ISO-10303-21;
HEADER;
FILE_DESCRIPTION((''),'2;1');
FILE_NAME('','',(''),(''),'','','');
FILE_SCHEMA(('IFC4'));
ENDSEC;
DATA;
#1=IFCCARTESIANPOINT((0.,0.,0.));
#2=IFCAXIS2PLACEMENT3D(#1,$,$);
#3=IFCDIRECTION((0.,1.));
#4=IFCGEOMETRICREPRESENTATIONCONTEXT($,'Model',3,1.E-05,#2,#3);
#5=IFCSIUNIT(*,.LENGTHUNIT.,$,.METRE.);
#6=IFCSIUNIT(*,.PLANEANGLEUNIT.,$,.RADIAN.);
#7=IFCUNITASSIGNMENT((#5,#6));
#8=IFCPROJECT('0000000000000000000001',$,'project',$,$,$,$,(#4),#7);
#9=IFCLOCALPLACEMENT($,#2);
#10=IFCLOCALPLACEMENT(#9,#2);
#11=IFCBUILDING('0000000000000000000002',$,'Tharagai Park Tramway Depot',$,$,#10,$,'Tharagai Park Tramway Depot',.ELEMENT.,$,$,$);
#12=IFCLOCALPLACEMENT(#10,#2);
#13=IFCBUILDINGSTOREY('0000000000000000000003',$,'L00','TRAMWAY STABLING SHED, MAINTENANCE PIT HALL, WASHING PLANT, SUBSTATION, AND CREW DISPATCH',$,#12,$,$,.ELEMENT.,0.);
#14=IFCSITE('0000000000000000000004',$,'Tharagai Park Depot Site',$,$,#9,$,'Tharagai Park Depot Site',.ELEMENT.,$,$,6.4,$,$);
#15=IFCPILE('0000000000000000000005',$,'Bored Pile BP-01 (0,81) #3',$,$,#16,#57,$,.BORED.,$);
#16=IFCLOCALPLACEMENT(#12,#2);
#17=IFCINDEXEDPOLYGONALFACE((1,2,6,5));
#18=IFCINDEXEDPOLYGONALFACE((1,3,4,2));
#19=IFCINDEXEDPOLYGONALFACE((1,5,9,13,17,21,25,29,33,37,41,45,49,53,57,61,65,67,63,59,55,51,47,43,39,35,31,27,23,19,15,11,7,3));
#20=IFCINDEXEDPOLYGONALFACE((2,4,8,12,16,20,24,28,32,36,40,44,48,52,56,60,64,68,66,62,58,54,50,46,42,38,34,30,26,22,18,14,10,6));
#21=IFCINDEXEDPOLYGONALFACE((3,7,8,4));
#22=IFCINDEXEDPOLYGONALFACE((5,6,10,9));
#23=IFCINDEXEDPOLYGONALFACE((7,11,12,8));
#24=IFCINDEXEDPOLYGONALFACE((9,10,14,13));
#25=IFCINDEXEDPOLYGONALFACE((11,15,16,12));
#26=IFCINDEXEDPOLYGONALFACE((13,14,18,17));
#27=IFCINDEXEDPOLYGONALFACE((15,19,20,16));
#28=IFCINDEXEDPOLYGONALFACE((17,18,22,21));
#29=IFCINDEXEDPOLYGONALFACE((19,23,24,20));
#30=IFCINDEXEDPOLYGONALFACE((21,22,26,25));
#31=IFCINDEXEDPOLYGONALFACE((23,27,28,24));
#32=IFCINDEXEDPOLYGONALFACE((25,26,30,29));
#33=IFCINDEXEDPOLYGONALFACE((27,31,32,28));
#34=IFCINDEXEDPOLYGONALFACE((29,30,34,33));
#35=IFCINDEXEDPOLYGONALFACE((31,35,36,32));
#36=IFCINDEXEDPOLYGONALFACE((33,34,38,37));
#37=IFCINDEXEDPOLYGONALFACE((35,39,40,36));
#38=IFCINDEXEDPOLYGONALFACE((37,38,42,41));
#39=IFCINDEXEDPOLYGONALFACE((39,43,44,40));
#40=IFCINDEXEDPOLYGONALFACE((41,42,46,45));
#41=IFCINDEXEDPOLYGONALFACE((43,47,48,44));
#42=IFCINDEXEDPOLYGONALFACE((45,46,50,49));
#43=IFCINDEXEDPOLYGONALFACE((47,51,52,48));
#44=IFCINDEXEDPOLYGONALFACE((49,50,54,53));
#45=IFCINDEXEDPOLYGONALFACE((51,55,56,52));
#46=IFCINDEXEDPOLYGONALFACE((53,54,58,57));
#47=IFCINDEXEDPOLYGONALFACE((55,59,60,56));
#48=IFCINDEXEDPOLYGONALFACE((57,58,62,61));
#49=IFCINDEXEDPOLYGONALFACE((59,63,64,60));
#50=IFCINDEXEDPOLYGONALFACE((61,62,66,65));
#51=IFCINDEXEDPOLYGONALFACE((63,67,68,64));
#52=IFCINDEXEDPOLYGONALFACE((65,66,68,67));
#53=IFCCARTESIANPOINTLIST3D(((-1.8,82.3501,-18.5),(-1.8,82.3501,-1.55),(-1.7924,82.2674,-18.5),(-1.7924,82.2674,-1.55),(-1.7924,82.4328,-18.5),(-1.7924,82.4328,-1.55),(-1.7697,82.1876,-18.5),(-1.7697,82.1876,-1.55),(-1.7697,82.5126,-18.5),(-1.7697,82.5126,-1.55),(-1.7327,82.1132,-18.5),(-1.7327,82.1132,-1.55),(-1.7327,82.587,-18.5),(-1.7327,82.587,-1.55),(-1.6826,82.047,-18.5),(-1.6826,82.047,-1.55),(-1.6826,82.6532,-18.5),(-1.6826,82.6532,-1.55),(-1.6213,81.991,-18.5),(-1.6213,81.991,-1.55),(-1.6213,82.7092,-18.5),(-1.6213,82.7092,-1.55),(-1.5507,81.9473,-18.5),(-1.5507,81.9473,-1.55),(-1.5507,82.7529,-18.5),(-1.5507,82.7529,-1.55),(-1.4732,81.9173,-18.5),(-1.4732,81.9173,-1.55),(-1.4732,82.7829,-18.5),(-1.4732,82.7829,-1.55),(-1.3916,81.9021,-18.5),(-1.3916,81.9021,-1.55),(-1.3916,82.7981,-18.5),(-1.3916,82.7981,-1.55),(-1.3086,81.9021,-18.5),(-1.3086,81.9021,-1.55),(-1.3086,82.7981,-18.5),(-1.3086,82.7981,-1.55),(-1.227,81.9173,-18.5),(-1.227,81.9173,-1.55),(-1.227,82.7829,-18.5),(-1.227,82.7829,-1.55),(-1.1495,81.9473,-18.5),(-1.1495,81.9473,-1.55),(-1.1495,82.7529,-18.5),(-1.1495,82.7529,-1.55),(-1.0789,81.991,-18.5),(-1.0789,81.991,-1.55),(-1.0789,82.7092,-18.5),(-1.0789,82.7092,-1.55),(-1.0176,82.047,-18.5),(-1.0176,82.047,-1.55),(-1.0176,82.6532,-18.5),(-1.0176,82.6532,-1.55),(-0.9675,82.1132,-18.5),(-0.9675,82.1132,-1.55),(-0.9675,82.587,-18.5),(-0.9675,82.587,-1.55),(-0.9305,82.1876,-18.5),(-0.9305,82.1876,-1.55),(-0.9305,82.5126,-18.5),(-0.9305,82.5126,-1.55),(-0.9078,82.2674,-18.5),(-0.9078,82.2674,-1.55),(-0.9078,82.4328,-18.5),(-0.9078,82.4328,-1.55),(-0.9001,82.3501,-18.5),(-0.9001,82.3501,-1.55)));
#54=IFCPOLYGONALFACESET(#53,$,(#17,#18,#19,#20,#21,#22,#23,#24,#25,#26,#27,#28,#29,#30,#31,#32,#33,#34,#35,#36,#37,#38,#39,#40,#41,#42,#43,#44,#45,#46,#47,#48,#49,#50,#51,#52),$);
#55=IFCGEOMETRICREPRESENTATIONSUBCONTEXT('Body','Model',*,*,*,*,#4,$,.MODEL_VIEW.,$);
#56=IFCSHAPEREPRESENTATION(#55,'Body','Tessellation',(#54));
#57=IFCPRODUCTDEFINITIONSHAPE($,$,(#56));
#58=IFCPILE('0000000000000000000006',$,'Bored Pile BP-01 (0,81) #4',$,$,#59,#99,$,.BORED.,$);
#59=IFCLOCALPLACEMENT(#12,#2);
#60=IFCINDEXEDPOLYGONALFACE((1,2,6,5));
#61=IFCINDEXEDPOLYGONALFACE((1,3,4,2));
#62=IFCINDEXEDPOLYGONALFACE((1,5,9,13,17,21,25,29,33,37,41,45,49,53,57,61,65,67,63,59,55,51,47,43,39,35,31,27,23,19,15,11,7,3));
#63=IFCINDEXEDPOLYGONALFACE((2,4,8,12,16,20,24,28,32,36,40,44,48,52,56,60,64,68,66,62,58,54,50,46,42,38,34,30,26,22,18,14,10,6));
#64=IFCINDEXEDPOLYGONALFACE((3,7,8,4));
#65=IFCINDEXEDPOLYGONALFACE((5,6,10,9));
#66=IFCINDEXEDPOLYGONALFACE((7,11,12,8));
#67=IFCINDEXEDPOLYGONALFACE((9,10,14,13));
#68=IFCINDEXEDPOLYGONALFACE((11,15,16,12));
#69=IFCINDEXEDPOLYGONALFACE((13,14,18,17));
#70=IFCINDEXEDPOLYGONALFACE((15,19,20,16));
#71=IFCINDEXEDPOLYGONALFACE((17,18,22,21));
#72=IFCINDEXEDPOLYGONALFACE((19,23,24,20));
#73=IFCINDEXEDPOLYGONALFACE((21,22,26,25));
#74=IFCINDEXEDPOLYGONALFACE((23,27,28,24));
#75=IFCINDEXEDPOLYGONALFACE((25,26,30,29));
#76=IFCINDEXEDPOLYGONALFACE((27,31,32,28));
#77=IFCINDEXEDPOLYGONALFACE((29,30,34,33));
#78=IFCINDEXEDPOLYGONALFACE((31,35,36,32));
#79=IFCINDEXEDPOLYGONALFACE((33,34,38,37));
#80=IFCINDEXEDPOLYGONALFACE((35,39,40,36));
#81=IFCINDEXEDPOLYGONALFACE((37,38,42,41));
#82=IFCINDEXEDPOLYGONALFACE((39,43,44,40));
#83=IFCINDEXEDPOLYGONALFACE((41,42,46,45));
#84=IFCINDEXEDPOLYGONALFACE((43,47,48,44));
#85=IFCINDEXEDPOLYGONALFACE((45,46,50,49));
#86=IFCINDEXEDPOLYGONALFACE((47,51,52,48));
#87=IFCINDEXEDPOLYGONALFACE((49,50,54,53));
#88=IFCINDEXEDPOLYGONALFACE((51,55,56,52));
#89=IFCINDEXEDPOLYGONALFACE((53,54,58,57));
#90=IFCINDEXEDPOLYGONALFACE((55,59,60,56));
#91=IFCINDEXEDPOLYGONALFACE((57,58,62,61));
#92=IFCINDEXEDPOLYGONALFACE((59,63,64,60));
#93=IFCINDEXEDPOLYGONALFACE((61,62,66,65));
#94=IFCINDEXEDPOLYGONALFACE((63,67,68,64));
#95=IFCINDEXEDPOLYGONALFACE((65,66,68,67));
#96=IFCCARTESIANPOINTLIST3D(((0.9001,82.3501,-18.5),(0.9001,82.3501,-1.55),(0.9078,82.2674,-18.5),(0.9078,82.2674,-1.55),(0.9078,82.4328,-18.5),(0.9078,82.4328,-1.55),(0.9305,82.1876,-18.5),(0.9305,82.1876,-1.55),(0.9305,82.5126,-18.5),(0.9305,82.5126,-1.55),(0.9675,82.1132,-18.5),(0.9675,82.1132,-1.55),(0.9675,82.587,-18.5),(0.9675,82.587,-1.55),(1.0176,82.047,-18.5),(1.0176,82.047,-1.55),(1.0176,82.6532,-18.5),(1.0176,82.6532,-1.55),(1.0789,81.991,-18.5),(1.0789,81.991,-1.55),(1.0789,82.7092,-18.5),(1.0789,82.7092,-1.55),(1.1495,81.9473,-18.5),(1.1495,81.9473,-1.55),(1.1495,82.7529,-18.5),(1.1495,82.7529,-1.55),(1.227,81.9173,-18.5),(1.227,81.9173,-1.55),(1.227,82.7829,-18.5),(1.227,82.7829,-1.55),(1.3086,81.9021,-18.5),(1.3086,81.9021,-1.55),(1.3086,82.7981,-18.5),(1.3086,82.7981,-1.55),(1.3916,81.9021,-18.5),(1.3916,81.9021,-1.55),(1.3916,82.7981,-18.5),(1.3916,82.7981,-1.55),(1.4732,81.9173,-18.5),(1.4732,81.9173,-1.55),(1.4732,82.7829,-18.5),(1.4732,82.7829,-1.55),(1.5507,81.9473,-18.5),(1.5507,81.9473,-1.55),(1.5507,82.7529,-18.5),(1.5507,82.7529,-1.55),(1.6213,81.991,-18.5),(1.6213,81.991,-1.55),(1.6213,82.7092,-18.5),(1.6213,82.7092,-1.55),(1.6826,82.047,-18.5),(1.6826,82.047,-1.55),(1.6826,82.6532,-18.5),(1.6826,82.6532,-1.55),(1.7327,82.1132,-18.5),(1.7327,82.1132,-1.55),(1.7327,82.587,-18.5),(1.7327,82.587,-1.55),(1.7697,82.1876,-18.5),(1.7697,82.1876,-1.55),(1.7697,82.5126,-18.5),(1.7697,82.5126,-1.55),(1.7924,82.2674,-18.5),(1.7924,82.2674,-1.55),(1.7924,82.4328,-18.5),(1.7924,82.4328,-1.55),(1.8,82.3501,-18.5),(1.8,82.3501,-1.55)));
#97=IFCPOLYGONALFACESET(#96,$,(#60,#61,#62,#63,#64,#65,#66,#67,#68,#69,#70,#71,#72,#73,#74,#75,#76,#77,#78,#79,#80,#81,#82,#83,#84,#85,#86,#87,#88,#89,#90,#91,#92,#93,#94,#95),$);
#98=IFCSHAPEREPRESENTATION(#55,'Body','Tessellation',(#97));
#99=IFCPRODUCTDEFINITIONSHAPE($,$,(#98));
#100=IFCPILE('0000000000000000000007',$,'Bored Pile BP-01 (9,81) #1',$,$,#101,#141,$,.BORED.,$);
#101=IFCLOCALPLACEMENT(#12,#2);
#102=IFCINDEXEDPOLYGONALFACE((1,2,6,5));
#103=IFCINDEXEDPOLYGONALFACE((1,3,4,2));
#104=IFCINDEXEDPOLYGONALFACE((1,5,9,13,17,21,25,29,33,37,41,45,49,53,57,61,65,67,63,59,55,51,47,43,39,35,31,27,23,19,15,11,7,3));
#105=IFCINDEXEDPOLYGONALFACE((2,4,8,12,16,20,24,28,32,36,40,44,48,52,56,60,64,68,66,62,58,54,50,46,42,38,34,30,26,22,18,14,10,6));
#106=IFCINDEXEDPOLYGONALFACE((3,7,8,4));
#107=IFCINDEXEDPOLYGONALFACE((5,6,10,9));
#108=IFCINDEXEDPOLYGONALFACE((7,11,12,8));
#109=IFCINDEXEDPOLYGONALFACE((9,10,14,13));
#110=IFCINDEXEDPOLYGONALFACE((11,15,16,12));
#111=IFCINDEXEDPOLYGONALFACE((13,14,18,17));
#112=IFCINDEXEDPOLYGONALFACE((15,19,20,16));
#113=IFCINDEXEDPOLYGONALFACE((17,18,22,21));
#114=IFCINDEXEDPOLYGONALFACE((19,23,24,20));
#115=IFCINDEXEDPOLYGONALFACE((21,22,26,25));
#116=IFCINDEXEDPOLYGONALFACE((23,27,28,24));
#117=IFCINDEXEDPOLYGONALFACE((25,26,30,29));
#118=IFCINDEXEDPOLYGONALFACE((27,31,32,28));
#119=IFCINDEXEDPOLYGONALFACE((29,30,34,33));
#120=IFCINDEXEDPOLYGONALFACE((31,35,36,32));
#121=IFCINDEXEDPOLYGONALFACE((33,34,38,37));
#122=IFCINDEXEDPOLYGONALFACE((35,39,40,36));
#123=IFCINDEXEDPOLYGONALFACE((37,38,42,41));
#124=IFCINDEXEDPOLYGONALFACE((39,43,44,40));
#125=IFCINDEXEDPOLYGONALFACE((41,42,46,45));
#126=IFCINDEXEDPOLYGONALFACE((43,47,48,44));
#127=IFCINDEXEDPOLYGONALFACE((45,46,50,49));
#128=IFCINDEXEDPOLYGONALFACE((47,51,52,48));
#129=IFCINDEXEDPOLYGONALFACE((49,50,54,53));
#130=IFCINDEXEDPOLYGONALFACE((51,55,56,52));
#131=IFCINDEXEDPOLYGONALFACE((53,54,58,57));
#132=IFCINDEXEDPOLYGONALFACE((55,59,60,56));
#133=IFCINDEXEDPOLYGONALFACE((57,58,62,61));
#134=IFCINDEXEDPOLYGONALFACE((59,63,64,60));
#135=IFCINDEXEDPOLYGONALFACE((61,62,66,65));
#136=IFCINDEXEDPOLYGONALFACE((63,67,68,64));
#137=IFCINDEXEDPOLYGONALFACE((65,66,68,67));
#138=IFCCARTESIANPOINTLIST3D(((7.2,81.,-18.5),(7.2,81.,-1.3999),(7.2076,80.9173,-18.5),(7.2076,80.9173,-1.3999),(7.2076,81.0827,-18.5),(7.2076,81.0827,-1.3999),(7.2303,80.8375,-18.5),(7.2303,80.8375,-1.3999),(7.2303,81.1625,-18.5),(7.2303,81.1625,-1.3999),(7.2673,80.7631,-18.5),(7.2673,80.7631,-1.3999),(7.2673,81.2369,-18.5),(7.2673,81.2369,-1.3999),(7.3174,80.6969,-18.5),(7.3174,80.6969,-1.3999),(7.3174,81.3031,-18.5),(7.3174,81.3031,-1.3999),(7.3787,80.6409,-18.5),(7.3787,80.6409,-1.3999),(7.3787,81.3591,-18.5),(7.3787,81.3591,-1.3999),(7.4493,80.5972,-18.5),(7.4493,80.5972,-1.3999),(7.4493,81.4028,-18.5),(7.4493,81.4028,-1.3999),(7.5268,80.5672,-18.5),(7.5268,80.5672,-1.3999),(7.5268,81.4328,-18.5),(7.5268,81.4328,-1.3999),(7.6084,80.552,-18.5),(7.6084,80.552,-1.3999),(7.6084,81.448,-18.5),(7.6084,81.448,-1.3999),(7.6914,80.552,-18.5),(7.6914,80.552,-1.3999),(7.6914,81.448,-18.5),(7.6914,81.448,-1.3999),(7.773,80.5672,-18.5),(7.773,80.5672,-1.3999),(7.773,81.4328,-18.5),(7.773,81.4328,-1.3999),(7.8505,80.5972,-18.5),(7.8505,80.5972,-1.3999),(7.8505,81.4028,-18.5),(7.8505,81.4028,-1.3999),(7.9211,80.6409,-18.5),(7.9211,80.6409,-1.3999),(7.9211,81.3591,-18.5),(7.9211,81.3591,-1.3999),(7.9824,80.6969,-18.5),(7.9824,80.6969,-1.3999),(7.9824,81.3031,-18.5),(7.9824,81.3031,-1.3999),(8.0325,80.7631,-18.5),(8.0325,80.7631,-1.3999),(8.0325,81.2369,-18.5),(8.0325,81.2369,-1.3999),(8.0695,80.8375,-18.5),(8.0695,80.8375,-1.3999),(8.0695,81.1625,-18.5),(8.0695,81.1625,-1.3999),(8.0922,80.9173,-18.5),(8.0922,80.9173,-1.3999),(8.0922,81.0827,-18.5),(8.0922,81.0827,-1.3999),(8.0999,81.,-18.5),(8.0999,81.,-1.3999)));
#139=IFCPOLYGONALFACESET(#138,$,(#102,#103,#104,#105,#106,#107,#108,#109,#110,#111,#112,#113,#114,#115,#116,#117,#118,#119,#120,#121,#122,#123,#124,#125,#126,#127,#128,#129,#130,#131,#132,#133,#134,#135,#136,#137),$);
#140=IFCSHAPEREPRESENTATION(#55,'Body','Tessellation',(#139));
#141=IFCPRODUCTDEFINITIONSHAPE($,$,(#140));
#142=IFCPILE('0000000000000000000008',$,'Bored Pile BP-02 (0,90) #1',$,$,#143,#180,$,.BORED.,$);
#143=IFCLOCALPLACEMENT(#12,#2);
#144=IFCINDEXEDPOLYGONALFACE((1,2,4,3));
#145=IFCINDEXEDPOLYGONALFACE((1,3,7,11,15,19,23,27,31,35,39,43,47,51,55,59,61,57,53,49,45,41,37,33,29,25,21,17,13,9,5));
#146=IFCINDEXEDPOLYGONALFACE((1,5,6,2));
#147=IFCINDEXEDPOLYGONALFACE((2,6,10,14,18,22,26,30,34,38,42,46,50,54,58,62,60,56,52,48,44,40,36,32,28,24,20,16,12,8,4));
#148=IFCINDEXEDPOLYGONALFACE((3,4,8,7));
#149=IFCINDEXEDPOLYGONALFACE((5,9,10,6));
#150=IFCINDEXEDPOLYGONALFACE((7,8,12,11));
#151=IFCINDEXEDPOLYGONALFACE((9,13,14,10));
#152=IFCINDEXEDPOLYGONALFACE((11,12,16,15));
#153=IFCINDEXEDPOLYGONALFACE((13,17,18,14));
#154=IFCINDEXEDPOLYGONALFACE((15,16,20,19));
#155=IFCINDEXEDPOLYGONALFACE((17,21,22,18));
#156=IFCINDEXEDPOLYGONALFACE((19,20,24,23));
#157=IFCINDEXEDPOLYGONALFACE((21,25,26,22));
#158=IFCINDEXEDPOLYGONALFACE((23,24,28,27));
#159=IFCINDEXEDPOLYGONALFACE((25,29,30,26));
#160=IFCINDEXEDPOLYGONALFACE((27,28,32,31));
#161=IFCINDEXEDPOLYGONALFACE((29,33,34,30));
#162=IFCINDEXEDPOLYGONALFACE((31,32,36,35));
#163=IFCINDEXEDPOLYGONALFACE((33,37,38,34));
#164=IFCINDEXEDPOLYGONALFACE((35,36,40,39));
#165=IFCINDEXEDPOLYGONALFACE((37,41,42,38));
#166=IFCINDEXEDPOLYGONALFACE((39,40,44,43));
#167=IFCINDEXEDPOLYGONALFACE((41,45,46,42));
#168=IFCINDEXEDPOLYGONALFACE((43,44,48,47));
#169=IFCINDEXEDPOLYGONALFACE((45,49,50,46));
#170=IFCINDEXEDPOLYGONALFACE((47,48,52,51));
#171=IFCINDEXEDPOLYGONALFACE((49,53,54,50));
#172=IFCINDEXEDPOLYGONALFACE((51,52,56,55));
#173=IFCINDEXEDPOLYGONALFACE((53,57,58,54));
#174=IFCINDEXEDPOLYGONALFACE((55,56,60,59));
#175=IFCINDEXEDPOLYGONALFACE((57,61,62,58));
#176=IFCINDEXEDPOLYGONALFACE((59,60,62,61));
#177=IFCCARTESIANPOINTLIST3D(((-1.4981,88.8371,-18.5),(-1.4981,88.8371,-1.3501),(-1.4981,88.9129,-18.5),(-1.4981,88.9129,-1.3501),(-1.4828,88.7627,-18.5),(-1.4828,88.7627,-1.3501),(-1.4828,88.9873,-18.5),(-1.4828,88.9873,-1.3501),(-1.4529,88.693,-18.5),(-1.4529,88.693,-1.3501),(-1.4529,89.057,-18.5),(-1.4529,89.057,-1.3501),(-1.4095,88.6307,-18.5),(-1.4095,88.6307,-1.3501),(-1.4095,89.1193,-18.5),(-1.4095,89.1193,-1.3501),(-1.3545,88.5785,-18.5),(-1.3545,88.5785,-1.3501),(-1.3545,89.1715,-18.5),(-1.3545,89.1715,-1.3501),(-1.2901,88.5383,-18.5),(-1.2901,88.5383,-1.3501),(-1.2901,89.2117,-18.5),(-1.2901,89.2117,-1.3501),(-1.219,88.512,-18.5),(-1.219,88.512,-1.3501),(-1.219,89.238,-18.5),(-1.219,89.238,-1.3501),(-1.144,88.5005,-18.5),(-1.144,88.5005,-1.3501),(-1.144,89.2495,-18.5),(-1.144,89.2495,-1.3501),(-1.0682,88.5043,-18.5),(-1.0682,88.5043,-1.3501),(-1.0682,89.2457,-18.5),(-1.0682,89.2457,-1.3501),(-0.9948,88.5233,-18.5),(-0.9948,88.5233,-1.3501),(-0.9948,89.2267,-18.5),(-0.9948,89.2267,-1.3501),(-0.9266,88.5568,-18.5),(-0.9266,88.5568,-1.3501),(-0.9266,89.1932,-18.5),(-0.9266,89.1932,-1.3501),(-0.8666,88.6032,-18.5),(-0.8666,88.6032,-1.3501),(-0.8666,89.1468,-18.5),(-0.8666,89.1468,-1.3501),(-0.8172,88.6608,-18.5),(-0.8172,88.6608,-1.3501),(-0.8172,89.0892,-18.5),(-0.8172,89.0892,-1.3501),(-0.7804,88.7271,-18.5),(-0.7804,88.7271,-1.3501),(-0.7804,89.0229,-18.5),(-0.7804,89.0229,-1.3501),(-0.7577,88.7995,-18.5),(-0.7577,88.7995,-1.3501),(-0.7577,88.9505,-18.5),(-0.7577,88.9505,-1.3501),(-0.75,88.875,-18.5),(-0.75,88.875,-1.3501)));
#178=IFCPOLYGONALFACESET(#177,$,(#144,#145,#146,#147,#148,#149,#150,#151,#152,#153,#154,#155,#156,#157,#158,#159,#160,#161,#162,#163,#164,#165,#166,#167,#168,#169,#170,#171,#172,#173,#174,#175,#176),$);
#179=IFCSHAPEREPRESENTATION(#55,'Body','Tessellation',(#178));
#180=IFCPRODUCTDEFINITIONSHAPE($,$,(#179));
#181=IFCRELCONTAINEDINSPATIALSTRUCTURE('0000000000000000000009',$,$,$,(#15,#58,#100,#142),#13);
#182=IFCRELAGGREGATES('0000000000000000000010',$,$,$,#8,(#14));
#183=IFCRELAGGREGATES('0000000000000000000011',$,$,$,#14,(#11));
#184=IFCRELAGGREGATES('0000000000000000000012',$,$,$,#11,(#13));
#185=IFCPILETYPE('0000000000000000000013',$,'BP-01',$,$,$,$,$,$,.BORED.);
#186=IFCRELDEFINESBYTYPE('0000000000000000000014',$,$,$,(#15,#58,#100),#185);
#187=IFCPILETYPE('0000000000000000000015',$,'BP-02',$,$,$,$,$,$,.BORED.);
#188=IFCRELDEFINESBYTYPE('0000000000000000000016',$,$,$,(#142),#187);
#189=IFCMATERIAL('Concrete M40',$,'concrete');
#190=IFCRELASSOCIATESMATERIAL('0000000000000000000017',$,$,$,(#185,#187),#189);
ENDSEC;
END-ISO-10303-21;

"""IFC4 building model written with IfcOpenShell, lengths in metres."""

from ifc_helpers import new_model, si_unit, direction, frame, origin, origin_2d, place, context, subcontext, project, spatial, circle, extrude, material, material_profile, profile_set, type_object, element, save


model = new_model("IFC4")

# Units and contexts
model_context = context("Model", 3, precision=1e-05, world=origin(), true_north=direction((0.0, 1.0)))
body_context = subcontext(model_context, "Body", "Model", "MODEL_VIEW")
ifc_project = project(units=[si_unit("LENGTHUNIT", "METRE"), si_unit("PLANEANGLEUNIT", "RADIAN")], contexts=[model_context])

# Site, building, storey
site_placement = place(None, origin())
site = spatial("IfcSite", under=ifc_project, at=site_placement, Name="Tharagai Park Depot Site", LongName="Tharagai Park Depot Site", CompositionType="ELEMENT", RefElevation=6.4)
building_placement = place(site_placement, origin())
building = spatial("IfcBuilding", under=site, at=building_placement, Name="Tharagai Park Tramway Depot", LongName="Tharagai Park Tramway Depot", CompositionType="ELEMENT")
storey_placement = place(building_placement, origin())
storey = spatial("IfcBuildingStorey", under=building, at=storey_placement, Name="L00", Description="TRAMWAY STABLING SHED, MAINTENANCE PIT HALL, WASHING PLANT, SUBSTATION, AND CREW DISPATCH", CompositionType="ELEMENT", Elevation=0.0)

# Piles
ifc_material_1 = material(Name="Concrete M40", Category="concrete")
ifc_material_profile_1 = material_profile(ifc_material_1, circle(Radius=0.45, at=origin_2d()), Name="PILE D900")
ifc_profile_set_1 = profile_set([ifc_material_profile_1], Name="Concrete M40")
pile_type_1 = type_object("IfcPileType", Name="BP-01", PredefinedType="BORED", material=ifc_profile_set_1)
for number, where, z_axis, x_axis, name in (
    (1, (-1.3501, 82.3501, -1.55), (0.0, 0.0, -1.0), (1.0, 0.0, 0.0), "Bored Pile BP-01 (0,81) #3"),
    (2, (1.3501, 82.3501, -1.55), (0.0, 0.0, -1.0), (1.0, 0.0, 0.0), "Bored Pile BP-01 (0,81) #4"),
):
    element("IfcPile", number, at=place(storey_placement, frame(where, z_axis=z_axis, x_axis=x_axis)), inside=storey, type_object=pile_type_1, Name=name, PredefinedType="BORED", context=body_context, shape_type="SweptSolid", body=[
        extrude(circle(Radius=0.45, at=origin_2d()), origin(), (0.0, 0.0, 1.0), 16.95),
    ])
pile_1_placement = place(storey_placement, frame((7.6499, 81.0, -1.3999), z_axis=(0.0, 0.0, -1.0), x_axis=(1.0, 0.0, 0.0)))
element("IfcPile", 3, at=pile_1_placement, inside=storey, type_object=pile_type_1, Name="Bored Pile BP-01 (9,81) #1", PredefinedType="BORED", context=body_context, shape_type="SweptSolid", body=[
    extrude(circle(Radius=0.45, at=origin_2d()), origin(), (0.0, 0.0, 1.0), 17.1001),
])
ifc_material_profile_2 = material_profile(ifc_material_1, circle(Radius=0.375, at=origin_2d()), Name="PILE D750")
ifc_profile_set_2 = profile_set([ifc_material_profile_2], Name="Concrete M40")
pile_type_2 = type_object("IfcPileType", Name="BP-02", PredefinedType="BORED", material=ifc_profile_set_2)
for number, where, z_axis, x_axis, name in (
    (4, (-1.125, 88.875, -1.3501), (0.0, 0.0, -1.0), (1.0, 0.0, 0.0), "Bored Pile BP-02 (0,90) #1"),
):
    element("IfcPile", number, at=place(storey_placement, frame(where, z_axis=z_axis, x_axis=x_axis)), inside=storey, type_object=pile_type_2, Name=name, PredefinedType="BORED", context=body_context, shape_type="SweptSolid", body=[
        extrude(circle(Radius=0.375, at=origin_2d()), origin(), (0.0, 0.0, 1.0), 17.1499),
    ])

save(model, "model.ifc")
